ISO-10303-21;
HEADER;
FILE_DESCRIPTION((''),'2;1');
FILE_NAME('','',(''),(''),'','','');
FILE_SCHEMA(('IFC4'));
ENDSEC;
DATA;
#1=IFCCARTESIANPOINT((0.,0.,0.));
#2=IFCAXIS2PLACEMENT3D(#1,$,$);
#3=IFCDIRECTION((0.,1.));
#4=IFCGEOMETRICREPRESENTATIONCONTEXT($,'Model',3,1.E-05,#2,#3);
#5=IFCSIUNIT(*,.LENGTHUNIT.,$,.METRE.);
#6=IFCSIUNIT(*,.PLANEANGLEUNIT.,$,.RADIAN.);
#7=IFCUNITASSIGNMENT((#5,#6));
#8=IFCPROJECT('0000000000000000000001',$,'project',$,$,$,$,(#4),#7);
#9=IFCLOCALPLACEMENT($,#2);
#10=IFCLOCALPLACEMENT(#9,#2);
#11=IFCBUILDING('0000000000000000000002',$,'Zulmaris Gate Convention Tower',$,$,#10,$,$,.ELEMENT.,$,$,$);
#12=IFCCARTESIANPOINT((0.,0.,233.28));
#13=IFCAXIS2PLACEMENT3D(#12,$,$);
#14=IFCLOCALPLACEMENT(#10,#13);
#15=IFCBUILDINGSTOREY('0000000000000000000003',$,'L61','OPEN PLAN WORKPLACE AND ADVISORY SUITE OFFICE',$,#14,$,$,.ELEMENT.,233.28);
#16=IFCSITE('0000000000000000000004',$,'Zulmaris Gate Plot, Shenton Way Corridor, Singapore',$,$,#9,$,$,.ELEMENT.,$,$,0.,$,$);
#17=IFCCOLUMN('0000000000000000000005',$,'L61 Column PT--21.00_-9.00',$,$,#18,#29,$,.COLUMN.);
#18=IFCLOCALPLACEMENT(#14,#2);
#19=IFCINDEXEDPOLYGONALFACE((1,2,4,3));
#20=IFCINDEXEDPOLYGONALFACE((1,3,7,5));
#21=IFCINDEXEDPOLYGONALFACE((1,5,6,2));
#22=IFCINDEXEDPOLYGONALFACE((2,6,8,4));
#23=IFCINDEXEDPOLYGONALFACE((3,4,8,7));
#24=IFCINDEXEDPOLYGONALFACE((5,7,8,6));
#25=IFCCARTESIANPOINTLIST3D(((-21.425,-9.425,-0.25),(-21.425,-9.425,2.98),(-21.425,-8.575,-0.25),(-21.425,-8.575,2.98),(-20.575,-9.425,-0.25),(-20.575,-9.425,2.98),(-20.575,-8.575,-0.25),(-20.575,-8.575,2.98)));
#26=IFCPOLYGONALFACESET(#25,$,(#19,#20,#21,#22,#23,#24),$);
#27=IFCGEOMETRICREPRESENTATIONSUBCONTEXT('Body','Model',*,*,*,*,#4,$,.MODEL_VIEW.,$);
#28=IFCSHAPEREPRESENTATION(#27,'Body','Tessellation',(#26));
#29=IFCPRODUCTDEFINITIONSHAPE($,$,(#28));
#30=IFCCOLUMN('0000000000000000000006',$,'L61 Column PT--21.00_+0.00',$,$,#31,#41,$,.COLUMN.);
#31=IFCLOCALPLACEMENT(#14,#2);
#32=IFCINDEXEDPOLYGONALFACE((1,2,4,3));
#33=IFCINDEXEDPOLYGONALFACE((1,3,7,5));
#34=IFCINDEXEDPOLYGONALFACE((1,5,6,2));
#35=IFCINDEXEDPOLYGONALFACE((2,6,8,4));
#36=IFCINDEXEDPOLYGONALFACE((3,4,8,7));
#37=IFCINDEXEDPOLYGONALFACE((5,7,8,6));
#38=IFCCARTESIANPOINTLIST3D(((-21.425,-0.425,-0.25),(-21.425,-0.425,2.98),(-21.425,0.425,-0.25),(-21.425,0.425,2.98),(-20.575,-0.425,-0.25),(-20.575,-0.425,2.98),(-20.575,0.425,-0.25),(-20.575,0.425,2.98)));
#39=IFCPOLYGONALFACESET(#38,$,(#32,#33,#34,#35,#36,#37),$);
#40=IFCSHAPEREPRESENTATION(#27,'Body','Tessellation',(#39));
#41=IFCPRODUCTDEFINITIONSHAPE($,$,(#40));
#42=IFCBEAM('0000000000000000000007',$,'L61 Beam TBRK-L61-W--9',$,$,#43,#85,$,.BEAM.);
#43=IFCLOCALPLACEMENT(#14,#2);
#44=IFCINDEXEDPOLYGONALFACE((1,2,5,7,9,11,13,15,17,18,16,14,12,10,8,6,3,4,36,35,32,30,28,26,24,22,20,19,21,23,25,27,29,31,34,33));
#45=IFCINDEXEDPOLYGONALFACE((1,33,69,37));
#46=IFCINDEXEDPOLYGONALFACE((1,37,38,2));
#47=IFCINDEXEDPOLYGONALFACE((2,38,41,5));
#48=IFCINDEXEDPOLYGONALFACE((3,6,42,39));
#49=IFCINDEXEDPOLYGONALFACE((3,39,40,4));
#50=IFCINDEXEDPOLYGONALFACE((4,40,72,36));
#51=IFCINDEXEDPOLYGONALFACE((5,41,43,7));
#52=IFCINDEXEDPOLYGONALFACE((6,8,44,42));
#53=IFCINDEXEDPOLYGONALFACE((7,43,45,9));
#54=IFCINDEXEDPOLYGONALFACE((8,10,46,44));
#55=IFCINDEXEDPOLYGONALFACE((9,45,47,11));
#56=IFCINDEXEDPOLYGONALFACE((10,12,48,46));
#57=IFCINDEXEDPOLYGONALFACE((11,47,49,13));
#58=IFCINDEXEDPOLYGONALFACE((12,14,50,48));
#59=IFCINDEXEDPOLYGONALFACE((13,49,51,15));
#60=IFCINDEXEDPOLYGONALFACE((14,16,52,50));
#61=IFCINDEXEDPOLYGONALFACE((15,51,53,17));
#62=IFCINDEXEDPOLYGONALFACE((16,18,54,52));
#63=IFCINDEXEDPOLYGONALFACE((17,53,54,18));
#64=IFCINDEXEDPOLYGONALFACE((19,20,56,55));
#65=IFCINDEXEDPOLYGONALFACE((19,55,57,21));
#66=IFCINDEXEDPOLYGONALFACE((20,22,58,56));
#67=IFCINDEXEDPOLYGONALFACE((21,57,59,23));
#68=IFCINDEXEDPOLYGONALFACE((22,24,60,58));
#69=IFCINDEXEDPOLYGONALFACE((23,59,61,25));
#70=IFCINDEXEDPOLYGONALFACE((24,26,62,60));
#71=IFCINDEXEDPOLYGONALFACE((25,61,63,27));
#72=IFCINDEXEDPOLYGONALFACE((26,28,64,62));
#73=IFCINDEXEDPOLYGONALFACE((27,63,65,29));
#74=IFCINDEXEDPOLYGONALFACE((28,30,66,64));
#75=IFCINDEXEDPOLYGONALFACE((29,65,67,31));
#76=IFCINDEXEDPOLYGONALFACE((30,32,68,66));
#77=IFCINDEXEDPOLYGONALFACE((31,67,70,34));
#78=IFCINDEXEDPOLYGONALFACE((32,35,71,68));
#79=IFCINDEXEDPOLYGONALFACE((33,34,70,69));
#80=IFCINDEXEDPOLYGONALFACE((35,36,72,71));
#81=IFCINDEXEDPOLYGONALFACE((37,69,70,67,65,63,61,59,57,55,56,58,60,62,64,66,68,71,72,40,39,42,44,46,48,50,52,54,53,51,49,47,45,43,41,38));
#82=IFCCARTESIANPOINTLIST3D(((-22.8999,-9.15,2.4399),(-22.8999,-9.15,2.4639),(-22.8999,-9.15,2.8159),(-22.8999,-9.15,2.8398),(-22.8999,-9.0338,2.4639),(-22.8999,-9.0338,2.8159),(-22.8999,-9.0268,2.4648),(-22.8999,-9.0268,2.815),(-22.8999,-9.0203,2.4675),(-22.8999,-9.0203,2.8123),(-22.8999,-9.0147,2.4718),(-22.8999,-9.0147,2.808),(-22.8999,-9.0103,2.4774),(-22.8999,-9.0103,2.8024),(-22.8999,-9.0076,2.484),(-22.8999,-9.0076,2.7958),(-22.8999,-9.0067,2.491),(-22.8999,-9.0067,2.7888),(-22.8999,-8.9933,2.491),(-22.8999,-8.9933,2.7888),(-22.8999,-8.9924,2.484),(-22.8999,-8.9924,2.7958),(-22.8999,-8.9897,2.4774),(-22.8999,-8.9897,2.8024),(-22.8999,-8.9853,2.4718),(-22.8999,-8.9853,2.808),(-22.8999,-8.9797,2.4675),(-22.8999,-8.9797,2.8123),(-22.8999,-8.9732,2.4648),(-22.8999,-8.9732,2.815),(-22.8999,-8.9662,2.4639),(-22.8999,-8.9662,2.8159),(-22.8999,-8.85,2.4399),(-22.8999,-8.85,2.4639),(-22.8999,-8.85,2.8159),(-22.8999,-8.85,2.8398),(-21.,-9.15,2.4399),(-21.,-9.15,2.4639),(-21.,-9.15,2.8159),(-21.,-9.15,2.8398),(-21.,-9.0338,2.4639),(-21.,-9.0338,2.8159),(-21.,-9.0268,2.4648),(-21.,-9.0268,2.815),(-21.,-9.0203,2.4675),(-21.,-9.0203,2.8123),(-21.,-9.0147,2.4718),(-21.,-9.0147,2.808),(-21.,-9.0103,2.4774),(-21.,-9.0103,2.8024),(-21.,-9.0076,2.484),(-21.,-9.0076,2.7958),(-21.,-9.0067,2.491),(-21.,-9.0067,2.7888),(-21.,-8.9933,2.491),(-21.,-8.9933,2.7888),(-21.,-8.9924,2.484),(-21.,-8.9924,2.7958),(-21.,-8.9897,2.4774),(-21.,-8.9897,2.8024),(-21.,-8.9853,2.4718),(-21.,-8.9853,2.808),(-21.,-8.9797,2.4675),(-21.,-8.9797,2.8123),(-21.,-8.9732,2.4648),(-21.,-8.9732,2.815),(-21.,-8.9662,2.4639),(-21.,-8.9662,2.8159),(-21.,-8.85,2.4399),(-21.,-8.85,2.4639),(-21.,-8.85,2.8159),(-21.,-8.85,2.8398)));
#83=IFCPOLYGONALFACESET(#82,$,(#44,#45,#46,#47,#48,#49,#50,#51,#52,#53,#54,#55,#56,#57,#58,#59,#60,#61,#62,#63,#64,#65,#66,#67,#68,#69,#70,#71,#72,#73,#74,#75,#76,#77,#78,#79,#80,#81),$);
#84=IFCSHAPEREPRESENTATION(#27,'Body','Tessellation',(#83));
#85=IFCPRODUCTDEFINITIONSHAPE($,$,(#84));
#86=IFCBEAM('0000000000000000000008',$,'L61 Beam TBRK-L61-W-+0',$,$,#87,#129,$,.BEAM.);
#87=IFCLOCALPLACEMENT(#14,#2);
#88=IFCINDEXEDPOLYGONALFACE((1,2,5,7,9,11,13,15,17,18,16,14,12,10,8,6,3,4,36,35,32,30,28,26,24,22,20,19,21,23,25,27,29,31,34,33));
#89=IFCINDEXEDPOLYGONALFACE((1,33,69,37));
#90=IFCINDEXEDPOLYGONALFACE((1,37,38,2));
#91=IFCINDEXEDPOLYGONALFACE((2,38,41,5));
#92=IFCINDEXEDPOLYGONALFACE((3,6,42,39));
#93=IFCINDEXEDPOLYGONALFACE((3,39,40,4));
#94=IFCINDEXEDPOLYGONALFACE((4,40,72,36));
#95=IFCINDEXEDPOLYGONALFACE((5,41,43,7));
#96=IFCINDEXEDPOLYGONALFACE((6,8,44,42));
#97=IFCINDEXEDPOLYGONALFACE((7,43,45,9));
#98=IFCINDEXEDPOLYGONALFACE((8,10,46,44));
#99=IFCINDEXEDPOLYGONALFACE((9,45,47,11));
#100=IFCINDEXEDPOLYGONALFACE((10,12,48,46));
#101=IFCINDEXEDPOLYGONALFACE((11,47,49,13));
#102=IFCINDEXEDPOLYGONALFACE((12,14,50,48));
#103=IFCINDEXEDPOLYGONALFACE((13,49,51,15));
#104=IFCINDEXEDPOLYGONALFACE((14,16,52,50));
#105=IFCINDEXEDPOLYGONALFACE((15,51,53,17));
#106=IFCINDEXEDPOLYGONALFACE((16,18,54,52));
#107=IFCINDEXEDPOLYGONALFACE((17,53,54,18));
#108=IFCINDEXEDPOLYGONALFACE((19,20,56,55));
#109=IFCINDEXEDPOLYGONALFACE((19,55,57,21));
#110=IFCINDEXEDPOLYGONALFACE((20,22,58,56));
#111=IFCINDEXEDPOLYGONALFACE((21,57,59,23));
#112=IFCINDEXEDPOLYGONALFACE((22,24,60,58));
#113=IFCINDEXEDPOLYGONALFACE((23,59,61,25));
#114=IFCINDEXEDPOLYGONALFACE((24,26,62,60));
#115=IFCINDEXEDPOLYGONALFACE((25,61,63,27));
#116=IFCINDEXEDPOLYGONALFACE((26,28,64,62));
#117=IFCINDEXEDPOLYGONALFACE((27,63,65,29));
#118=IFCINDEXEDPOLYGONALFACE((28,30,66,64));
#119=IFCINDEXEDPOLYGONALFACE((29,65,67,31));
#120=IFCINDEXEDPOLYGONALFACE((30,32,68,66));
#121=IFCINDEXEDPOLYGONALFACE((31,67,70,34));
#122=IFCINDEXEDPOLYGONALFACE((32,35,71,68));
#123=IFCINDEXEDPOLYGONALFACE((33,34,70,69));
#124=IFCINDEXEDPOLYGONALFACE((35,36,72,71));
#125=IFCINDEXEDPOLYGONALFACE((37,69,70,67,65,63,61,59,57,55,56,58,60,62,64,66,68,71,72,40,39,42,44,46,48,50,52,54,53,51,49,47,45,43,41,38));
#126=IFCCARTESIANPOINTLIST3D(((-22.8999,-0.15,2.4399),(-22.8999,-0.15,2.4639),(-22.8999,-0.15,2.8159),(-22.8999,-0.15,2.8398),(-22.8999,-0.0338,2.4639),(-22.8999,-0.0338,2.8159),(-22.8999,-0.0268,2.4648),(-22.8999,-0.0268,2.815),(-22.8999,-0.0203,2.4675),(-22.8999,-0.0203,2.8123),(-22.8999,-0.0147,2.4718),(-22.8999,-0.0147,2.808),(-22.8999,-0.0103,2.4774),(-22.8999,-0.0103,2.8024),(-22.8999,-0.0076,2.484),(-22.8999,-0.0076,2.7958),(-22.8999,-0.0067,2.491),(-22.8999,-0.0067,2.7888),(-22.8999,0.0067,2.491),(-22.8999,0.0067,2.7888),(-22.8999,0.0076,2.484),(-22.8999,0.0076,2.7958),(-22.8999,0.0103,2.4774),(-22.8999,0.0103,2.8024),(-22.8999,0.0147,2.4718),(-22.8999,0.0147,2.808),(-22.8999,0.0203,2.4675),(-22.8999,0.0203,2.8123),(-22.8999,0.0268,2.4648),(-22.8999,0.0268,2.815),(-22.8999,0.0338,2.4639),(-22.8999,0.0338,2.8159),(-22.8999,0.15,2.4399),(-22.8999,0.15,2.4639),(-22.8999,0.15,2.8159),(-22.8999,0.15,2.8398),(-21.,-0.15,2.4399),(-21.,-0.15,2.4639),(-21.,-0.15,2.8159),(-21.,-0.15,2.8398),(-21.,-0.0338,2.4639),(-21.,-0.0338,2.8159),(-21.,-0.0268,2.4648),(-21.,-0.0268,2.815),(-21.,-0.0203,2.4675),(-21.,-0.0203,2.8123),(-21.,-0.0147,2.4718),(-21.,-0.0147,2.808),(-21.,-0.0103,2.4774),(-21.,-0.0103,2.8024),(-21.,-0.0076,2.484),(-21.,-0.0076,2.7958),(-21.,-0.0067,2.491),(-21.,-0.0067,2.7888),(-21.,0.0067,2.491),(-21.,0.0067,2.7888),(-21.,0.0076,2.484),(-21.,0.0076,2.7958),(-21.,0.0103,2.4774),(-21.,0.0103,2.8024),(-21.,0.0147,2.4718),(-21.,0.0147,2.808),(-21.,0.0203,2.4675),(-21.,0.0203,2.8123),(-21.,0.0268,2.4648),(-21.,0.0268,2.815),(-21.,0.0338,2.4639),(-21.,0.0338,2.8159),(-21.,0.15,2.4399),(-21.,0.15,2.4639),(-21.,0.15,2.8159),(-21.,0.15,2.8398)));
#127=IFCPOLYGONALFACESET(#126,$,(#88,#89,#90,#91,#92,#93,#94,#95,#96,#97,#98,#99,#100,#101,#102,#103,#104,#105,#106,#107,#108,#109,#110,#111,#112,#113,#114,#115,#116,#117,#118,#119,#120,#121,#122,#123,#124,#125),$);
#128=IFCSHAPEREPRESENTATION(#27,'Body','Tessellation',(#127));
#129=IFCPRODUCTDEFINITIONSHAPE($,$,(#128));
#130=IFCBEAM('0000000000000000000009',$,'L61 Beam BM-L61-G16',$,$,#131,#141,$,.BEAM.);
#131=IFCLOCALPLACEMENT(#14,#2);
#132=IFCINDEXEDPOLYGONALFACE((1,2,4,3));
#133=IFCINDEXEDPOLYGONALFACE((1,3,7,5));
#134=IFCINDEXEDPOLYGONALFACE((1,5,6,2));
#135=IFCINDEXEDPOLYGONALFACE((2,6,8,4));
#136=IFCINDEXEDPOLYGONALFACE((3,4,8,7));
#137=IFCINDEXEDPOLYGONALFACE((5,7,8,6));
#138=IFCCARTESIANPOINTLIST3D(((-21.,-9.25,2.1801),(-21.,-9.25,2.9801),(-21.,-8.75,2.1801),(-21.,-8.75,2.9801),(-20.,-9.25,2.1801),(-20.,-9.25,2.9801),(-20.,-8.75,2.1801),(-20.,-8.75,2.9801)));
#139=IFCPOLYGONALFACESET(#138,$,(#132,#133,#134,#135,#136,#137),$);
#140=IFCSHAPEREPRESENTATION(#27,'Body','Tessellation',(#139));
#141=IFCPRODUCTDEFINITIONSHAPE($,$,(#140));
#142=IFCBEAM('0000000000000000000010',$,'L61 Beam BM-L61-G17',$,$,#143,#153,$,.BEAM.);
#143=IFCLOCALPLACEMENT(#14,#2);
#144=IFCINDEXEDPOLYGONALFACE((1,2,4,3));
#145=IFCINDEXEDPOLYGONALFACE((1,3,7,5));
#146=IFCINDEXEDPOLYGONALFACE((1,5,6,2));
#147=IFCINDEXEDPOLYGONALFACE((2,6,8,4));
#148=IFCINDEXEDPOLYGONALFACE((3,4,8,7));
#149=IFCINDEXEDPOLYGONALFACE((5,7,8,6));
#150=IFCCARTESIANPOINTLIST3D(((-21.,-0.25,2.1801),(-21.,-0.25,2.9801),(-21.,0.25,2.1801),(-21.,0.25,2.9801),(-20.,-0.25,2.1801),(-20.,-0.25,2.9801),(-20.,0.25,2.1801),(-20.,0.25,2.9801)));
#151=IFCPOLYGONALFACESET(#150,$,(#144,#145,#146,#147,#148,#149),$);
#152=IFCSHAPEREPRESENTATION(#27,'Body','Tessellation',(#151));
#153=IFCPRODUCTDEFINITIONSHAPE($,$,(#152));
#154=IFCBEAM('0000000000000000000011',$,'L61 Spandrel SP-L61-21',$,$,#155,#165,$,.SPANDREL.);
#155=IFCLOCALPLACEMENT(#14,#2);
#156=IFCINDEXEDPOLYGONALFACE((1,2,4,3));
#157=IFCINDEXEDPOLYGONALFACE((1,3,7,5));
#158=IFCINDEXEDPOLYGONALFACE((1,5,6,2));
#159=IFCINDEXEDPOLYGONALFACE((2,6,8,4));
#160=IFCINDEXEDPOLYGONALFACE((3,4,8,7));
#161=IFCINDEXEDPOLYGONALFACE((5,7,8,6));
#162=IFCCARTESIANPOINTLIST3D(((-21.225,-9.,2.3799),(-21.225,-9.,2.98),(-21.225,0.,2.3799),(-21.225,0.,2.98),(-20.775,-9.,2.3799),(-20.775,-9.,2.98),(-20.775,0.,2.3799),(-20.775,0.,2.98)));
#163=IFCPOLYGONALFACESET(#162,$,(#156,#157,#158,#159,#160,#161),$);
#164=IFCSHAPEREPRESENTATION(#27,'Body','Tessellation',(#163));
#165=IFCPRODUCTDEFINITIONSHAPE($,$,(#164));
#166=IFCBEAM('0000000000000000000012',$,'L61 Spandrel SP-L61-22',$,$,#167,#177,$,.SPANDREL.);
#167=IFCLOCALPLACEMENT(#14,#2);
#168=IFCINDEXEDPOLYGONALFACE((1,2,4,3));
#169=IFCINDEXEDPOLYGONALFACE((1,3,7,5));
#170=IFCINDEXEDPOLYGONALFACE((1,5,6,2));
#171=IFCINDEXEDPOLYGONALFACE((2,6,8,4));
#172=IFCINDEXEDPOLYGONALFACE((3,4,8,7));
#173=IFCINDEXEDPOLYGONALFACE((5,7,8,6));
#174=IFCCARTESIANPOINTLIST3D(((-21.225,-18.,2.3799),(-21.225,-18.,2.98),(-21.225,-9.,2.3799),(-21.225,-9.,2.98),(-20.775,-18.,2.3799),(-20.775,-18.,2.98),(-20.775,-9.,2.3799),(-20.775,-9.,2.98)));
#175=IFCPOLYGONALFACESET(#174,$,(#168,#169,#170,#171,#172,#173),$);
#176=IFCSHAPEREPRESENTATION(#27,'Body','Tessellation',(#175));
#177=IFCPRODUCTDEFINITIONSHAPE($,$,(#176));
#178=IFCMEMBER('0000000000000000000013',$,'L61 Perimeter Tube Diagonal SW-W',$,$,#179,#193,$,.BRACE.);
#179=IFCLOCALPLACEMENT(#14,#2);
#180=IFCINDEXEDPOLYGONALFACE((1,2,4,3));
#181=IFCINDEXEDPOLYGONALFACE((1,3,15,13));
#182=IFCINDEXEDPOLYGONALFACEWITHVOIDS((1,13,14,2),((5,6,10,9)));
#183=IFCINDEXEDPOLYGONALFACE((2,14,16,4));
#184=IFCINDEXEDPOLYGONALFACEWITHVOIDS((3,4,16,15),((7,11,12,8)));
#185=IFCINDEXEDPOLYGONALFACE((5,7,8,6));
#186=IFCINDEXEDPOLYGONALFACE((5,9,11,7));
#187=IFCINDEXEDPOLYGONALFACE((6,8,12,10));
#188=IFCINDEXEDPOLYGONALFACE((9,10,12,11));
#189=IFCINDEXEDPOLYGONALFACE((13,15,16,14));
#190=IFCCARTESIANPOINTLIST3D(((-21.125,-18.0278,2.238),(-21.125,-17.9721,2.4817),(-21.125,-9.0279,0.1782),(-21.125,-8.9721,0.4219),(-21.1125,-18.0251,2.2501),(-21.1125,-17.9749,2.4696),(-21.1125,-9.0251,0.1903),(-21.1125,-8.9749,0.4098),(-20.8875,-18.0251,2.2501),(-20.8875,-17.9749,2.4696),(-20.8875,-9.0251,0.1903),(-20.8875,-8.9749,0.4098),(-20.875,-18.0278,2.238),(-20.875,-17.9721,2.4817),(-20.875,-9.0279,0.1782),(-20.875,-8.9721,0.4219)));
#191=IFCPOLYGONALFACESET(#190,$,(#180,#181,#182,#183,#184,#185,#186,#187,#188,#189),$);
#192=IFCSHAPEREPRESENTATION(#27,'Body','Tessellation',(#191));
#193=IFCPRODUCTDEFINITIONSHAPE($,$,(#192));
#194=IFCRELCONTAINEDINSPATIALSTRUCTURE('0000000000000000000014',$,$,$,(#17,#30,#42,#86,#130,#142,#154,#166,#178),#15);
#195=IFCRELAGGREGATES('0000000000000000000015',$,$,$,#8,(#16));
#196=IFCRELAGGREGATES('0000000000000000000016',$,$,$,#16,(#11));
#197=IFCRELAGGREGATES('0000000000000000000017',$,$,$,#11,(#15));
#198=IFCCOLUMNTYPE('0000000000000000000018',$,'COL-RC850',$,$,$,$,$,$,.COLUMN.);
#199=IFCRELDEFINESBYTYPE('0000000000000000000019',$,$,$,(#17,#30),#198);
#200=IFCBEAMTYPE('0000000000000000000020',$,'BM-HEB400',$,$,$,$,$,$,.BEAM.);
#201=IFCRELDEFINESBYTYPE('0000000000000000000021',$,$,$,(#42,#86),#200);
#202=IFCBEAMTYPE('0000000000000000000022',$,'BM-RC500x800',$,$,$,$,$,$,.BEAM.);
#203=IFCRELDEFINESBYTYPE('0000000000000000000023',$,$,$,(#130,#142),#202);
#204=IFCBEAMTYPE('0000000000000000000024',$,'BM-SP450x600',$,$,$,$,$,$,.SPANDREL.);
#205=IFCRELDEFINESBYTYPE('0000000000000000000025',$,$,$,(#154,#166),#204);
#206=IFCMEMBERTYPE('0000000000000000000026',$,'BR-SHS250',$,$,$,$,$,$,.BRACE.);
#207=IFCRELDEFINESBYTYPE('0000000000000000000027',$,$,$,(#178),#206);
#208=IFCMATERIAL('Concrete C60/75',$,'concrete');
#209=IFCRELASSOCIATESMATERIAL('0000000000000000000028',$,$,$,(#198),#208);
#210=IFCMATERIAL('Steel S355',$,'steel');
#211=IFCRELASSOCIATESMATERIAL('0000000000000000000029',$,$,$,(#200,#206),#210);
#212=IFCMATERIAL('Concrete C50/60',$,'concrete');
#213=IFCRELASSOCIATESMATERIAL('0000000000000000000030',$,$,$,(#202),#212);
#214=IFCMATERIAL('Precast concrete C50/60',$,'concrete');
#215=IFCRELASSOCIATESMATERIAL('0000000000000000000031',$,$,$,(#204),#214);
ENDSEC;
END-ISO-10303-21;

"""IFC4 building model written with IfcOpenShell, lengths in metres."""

from ifc_helpers import new_model, si_unit, direction, frame, origin, origin_2d, place, context, subcontext, project, spatial, rectangle, hollow_rectangle, i_section, extrude, material, material_profile, profile_set, type_object, element, save


model = new_model("IFC4")

# Units and contexts
model_context = context("Model", 3, precision=1e-05, world=origin(), true_north=direction((0.0, 1.0)))
body_context = subcontext(model_context, "Body", "Model", "MODEL_VIEW")
ifc_project = project(units=[si_unit("LENGTHUNIT", "METRE"), si_unit("PLANEANGLEUNIT", "RADIAN")], contexts=[model_context])

# Site, building, storey
site_placement = place(None, origin())
site = spatial("IfcSite", under=ifc_project, at=site_placement, Name="Zulmaris Gate Plot, Shenton Way Corridor, Singapore", CompositionType="ELEMENT", RefElevation=0.0)
building_placement = place(site_placement, origin())
building = spatial("IfcBuilding", under=site, at=building_placement, Name="Zulmaris Gate Convention Tower", CompositionType="ELEMENT")
storey_placement = place(building_placement, frame((0.0, 0.0, 233.28)))
storey = spatial("IfcBuildingStorey", under=building, at=storey_placement, Name="L61", Description="OPEN PLAN WORKPLACE AND ADVISORY SUITE OFFICE", CompositionType="ELEMENT", Elevation=233.28)

# Columns
ifc_material_1 = material(Name="Concrete C60/75", Category="concrete")
ifc_material_profile_1 = material_profile(ifc_material_1, rectangle(XDim=0.8501, YDim=0.8501, at=origin_2d()), Name="RC COL 850x850")
ifc_profile_set_1 = profile_set([ifc_material_profile_1], Name="Concrete C60/75")
column_type = type_object("IfcColumnType", Name="COL-RC850", PredefinedType="COLUMN", material=ifc_profile_set_1)
for number, where, z_axis, x_axis, name in (
    (1, (-21.0, -9.0, -0.25), (0.0, 0.0, 1.0), (1.0, 0.0, 0.0), "L61 Column PT--21.00_-9.00"),
    (2, (-21.0, 0.0, -0.25), (0.0, 0.0, 1.0), (1.0, 0.0, 0.0), "L61 Column PT--21.00_+0.00"),
):
    element("IfcColumn", number, at=place(storey_placement, frame(where, z_axis=z_axis, x_axis=x_axis)), inside=storey, type_object=column_type, Name=name, PredefinedType="COLUMN", context=body_context, shape_type="SweptSolid", body=[
        extrude(rectangle(XDim=0.8501, YDim=0.8501, at=origin_2d()), origin(), (0.0, 0.0, 1.0), 3.23),
    ])

# Beams
ifc_material_2 = material(Name="Steel S355", Category="steel")
ifc_material_profile_2 = material_profile(ifc_material_2, i_section(OverallWidth=0.3, OverallDepth=0.3999, WebThickness=0.0134, FlangeThickness=0.0239, FilletRadius=0.0271, at=origin_2d()), Name="HEB 400")
ifc_profile_set_2 = profile_set([ifc_material_profile_2], Name="Steel S355")
beam_type_1 = type_object("IfcBeamType", Name="BM-HEB400", PredefinedType="BEAM", material=ifc_profile_set_2)
for number, where, z_axis, x_axis, name in (
    (3, (-22.8999, -9.0, 2.6399), (1.0, 0.0, 0.0), (0.0, 1.0, 0.0), "L61 Beam TBRK-L61-W--9"),
    (4, (-22.8999, 0.0, 2.6399), (1.0, 0.0, 0.0), (0.0, 1.0, 0.0), "L61 Beam TBRK-L61-W-+0"),
):
    element("IfcBeam", number, at=place(storey_placement, frame(where, z_axis=z_axis, x_axis=x_axis)), inside=storey, type_object=beam_type_1, Name=name, PredefinedType="BEAM", context=body_context, shape_type="SweptSolid", body=[
        extrude(i_section(OverallWidth=0.3, OverallDepth=0.3999, WebThickness=0.0134, FlangeThickness=0.0239, FilletRadius=0.0271, at=origin_2d()), origin(), (0.0, 0.0, 1.0), 1.8999),
    ])
ifc_material_3 = material(Name="Concrete C50/60", Category="concrete")
ifc_material_profile_3 = material_profile(ifc_material_3, rectangle(XDim=0.5, YDim=0.8, at=origin_2d()), Name="RC BEAM 500x800")
ifc_profile_set_3 = profile_set([ifc_material_profile_3], Name="Concrete C50/60")
beam_type_2 = type_object("IfcBeamType", Name="BM-RC500x800", PredefinedType="BEAM", material=ifc_profile_set_3)
for number, where, z_axis, x_axis, name in (
    (5, (-21.0, -9.0, 2.5801), (1.0, 0.0, 0.0), (0.0, 1.0, 0.0), "L61 Beam BM-L61-G16"),
    (6, (-21.0, 0.0, 2.5801), (1.0, 0.0, 0.0), (0.0, 1.0, 0.0), "L61 Beam BM-L61-G17"),
):
    element("IfcBeam", number, at=place(storey_placement, frame(where, z_axis=z_axis, x_axis=x_axis)), inside=storey, type_object=beam_type_2, Name=name, PredefinedType="BEAM", context=body_context, shape_type="SweptSolid", body=[
        extrude(rectangle(XDim=0.5, YDim=0.8, at=origin_2d()), origin(), (0.0, 0.0, 1.0), 1.0),
    ])
ifc_material_4 = material(Name="Precast concrete C50/60", Category="concrete")
ifc_material_profile_4 = material_profile(ifc_material_4, rectangle(XDim=0.45, YDim=0.6001, at=origin_2d()), Name="RC SPANDREL 450x600")
ifc_profile_set_4 = profile_set([ifc_material_profile_4], Name="Precast concrete C50/60")
beam_type_3 = type_object("IfcBeamType", Name="BM-SP450x600", PredefinedType="SPANDREL", material=ifc_profile_set_4)
for number, where, z_axis, x_axis, name in (
    (7, (-21.0, 0.0, 2.6799), (0.0, -1.0, 0.0), (1.0, 0.0, 0.0), "L61 Spandrel SP-L61-21"),
    (8, (-21.0, -9.0, 2.6799), (0.0, -1.0, 0.0), (1.0, 0.0, 0.0), "L61 Spandrel SP-L61-22"),
):
    element("IfcBeam", number, at=place(storey_placement, frame(where, z_axis=z_axis, x_axis=x_axis)), inside=storey, type_object=beam_type_3, Name=name, PredefinedType="SPANDREL", context=body_context, shape_type="SweptSolid", body=[
        extrude(rectangle(XDim=0.45, YDim=0.6001, at=origin_2d()), origin(), (0.0, 0.0, 1.0), 9.0),
    ])

# Member
ifc_material_profile_5 = material_profile(ifc_material_2, hollow_rectangle(XDim=0.25, YDim=0.25, WallThickness=0.0125, at=origin_2d()), Name="SHS 250x250x12.5")
ifc_profile_set_5 = profile_set([ifc_material_profile_5], Name="Steel S355")
member_type = type_object("IfcMemberType", Name="BR-SHS250", PredefinedType="BRACE", material=ifc_profile_set_5)
member_placement = place(storey_placement, frame((-21.0, -9.0, 0.3), z_axis=(0.0, -0.974796, 0.2231), x_axis=(1.0, 0.0, 0.0)))
element("IfcMember", 9, at=member_placement, inside=storey, type_object=member_type, Name="L61 Perimeter Tube Diagonal SW-W", PredefinedType="BRACE", context=body_context, shape_type="SweptSolid", body=[
    extrude(hollow_rectangle(XDim=0.25, YDim=0.25, WallThickness=0.0125, at=origin_2d()), origin(), (0.0, 0.0, 1.0), 9.2327),
])

save(model, "model.ifc")
